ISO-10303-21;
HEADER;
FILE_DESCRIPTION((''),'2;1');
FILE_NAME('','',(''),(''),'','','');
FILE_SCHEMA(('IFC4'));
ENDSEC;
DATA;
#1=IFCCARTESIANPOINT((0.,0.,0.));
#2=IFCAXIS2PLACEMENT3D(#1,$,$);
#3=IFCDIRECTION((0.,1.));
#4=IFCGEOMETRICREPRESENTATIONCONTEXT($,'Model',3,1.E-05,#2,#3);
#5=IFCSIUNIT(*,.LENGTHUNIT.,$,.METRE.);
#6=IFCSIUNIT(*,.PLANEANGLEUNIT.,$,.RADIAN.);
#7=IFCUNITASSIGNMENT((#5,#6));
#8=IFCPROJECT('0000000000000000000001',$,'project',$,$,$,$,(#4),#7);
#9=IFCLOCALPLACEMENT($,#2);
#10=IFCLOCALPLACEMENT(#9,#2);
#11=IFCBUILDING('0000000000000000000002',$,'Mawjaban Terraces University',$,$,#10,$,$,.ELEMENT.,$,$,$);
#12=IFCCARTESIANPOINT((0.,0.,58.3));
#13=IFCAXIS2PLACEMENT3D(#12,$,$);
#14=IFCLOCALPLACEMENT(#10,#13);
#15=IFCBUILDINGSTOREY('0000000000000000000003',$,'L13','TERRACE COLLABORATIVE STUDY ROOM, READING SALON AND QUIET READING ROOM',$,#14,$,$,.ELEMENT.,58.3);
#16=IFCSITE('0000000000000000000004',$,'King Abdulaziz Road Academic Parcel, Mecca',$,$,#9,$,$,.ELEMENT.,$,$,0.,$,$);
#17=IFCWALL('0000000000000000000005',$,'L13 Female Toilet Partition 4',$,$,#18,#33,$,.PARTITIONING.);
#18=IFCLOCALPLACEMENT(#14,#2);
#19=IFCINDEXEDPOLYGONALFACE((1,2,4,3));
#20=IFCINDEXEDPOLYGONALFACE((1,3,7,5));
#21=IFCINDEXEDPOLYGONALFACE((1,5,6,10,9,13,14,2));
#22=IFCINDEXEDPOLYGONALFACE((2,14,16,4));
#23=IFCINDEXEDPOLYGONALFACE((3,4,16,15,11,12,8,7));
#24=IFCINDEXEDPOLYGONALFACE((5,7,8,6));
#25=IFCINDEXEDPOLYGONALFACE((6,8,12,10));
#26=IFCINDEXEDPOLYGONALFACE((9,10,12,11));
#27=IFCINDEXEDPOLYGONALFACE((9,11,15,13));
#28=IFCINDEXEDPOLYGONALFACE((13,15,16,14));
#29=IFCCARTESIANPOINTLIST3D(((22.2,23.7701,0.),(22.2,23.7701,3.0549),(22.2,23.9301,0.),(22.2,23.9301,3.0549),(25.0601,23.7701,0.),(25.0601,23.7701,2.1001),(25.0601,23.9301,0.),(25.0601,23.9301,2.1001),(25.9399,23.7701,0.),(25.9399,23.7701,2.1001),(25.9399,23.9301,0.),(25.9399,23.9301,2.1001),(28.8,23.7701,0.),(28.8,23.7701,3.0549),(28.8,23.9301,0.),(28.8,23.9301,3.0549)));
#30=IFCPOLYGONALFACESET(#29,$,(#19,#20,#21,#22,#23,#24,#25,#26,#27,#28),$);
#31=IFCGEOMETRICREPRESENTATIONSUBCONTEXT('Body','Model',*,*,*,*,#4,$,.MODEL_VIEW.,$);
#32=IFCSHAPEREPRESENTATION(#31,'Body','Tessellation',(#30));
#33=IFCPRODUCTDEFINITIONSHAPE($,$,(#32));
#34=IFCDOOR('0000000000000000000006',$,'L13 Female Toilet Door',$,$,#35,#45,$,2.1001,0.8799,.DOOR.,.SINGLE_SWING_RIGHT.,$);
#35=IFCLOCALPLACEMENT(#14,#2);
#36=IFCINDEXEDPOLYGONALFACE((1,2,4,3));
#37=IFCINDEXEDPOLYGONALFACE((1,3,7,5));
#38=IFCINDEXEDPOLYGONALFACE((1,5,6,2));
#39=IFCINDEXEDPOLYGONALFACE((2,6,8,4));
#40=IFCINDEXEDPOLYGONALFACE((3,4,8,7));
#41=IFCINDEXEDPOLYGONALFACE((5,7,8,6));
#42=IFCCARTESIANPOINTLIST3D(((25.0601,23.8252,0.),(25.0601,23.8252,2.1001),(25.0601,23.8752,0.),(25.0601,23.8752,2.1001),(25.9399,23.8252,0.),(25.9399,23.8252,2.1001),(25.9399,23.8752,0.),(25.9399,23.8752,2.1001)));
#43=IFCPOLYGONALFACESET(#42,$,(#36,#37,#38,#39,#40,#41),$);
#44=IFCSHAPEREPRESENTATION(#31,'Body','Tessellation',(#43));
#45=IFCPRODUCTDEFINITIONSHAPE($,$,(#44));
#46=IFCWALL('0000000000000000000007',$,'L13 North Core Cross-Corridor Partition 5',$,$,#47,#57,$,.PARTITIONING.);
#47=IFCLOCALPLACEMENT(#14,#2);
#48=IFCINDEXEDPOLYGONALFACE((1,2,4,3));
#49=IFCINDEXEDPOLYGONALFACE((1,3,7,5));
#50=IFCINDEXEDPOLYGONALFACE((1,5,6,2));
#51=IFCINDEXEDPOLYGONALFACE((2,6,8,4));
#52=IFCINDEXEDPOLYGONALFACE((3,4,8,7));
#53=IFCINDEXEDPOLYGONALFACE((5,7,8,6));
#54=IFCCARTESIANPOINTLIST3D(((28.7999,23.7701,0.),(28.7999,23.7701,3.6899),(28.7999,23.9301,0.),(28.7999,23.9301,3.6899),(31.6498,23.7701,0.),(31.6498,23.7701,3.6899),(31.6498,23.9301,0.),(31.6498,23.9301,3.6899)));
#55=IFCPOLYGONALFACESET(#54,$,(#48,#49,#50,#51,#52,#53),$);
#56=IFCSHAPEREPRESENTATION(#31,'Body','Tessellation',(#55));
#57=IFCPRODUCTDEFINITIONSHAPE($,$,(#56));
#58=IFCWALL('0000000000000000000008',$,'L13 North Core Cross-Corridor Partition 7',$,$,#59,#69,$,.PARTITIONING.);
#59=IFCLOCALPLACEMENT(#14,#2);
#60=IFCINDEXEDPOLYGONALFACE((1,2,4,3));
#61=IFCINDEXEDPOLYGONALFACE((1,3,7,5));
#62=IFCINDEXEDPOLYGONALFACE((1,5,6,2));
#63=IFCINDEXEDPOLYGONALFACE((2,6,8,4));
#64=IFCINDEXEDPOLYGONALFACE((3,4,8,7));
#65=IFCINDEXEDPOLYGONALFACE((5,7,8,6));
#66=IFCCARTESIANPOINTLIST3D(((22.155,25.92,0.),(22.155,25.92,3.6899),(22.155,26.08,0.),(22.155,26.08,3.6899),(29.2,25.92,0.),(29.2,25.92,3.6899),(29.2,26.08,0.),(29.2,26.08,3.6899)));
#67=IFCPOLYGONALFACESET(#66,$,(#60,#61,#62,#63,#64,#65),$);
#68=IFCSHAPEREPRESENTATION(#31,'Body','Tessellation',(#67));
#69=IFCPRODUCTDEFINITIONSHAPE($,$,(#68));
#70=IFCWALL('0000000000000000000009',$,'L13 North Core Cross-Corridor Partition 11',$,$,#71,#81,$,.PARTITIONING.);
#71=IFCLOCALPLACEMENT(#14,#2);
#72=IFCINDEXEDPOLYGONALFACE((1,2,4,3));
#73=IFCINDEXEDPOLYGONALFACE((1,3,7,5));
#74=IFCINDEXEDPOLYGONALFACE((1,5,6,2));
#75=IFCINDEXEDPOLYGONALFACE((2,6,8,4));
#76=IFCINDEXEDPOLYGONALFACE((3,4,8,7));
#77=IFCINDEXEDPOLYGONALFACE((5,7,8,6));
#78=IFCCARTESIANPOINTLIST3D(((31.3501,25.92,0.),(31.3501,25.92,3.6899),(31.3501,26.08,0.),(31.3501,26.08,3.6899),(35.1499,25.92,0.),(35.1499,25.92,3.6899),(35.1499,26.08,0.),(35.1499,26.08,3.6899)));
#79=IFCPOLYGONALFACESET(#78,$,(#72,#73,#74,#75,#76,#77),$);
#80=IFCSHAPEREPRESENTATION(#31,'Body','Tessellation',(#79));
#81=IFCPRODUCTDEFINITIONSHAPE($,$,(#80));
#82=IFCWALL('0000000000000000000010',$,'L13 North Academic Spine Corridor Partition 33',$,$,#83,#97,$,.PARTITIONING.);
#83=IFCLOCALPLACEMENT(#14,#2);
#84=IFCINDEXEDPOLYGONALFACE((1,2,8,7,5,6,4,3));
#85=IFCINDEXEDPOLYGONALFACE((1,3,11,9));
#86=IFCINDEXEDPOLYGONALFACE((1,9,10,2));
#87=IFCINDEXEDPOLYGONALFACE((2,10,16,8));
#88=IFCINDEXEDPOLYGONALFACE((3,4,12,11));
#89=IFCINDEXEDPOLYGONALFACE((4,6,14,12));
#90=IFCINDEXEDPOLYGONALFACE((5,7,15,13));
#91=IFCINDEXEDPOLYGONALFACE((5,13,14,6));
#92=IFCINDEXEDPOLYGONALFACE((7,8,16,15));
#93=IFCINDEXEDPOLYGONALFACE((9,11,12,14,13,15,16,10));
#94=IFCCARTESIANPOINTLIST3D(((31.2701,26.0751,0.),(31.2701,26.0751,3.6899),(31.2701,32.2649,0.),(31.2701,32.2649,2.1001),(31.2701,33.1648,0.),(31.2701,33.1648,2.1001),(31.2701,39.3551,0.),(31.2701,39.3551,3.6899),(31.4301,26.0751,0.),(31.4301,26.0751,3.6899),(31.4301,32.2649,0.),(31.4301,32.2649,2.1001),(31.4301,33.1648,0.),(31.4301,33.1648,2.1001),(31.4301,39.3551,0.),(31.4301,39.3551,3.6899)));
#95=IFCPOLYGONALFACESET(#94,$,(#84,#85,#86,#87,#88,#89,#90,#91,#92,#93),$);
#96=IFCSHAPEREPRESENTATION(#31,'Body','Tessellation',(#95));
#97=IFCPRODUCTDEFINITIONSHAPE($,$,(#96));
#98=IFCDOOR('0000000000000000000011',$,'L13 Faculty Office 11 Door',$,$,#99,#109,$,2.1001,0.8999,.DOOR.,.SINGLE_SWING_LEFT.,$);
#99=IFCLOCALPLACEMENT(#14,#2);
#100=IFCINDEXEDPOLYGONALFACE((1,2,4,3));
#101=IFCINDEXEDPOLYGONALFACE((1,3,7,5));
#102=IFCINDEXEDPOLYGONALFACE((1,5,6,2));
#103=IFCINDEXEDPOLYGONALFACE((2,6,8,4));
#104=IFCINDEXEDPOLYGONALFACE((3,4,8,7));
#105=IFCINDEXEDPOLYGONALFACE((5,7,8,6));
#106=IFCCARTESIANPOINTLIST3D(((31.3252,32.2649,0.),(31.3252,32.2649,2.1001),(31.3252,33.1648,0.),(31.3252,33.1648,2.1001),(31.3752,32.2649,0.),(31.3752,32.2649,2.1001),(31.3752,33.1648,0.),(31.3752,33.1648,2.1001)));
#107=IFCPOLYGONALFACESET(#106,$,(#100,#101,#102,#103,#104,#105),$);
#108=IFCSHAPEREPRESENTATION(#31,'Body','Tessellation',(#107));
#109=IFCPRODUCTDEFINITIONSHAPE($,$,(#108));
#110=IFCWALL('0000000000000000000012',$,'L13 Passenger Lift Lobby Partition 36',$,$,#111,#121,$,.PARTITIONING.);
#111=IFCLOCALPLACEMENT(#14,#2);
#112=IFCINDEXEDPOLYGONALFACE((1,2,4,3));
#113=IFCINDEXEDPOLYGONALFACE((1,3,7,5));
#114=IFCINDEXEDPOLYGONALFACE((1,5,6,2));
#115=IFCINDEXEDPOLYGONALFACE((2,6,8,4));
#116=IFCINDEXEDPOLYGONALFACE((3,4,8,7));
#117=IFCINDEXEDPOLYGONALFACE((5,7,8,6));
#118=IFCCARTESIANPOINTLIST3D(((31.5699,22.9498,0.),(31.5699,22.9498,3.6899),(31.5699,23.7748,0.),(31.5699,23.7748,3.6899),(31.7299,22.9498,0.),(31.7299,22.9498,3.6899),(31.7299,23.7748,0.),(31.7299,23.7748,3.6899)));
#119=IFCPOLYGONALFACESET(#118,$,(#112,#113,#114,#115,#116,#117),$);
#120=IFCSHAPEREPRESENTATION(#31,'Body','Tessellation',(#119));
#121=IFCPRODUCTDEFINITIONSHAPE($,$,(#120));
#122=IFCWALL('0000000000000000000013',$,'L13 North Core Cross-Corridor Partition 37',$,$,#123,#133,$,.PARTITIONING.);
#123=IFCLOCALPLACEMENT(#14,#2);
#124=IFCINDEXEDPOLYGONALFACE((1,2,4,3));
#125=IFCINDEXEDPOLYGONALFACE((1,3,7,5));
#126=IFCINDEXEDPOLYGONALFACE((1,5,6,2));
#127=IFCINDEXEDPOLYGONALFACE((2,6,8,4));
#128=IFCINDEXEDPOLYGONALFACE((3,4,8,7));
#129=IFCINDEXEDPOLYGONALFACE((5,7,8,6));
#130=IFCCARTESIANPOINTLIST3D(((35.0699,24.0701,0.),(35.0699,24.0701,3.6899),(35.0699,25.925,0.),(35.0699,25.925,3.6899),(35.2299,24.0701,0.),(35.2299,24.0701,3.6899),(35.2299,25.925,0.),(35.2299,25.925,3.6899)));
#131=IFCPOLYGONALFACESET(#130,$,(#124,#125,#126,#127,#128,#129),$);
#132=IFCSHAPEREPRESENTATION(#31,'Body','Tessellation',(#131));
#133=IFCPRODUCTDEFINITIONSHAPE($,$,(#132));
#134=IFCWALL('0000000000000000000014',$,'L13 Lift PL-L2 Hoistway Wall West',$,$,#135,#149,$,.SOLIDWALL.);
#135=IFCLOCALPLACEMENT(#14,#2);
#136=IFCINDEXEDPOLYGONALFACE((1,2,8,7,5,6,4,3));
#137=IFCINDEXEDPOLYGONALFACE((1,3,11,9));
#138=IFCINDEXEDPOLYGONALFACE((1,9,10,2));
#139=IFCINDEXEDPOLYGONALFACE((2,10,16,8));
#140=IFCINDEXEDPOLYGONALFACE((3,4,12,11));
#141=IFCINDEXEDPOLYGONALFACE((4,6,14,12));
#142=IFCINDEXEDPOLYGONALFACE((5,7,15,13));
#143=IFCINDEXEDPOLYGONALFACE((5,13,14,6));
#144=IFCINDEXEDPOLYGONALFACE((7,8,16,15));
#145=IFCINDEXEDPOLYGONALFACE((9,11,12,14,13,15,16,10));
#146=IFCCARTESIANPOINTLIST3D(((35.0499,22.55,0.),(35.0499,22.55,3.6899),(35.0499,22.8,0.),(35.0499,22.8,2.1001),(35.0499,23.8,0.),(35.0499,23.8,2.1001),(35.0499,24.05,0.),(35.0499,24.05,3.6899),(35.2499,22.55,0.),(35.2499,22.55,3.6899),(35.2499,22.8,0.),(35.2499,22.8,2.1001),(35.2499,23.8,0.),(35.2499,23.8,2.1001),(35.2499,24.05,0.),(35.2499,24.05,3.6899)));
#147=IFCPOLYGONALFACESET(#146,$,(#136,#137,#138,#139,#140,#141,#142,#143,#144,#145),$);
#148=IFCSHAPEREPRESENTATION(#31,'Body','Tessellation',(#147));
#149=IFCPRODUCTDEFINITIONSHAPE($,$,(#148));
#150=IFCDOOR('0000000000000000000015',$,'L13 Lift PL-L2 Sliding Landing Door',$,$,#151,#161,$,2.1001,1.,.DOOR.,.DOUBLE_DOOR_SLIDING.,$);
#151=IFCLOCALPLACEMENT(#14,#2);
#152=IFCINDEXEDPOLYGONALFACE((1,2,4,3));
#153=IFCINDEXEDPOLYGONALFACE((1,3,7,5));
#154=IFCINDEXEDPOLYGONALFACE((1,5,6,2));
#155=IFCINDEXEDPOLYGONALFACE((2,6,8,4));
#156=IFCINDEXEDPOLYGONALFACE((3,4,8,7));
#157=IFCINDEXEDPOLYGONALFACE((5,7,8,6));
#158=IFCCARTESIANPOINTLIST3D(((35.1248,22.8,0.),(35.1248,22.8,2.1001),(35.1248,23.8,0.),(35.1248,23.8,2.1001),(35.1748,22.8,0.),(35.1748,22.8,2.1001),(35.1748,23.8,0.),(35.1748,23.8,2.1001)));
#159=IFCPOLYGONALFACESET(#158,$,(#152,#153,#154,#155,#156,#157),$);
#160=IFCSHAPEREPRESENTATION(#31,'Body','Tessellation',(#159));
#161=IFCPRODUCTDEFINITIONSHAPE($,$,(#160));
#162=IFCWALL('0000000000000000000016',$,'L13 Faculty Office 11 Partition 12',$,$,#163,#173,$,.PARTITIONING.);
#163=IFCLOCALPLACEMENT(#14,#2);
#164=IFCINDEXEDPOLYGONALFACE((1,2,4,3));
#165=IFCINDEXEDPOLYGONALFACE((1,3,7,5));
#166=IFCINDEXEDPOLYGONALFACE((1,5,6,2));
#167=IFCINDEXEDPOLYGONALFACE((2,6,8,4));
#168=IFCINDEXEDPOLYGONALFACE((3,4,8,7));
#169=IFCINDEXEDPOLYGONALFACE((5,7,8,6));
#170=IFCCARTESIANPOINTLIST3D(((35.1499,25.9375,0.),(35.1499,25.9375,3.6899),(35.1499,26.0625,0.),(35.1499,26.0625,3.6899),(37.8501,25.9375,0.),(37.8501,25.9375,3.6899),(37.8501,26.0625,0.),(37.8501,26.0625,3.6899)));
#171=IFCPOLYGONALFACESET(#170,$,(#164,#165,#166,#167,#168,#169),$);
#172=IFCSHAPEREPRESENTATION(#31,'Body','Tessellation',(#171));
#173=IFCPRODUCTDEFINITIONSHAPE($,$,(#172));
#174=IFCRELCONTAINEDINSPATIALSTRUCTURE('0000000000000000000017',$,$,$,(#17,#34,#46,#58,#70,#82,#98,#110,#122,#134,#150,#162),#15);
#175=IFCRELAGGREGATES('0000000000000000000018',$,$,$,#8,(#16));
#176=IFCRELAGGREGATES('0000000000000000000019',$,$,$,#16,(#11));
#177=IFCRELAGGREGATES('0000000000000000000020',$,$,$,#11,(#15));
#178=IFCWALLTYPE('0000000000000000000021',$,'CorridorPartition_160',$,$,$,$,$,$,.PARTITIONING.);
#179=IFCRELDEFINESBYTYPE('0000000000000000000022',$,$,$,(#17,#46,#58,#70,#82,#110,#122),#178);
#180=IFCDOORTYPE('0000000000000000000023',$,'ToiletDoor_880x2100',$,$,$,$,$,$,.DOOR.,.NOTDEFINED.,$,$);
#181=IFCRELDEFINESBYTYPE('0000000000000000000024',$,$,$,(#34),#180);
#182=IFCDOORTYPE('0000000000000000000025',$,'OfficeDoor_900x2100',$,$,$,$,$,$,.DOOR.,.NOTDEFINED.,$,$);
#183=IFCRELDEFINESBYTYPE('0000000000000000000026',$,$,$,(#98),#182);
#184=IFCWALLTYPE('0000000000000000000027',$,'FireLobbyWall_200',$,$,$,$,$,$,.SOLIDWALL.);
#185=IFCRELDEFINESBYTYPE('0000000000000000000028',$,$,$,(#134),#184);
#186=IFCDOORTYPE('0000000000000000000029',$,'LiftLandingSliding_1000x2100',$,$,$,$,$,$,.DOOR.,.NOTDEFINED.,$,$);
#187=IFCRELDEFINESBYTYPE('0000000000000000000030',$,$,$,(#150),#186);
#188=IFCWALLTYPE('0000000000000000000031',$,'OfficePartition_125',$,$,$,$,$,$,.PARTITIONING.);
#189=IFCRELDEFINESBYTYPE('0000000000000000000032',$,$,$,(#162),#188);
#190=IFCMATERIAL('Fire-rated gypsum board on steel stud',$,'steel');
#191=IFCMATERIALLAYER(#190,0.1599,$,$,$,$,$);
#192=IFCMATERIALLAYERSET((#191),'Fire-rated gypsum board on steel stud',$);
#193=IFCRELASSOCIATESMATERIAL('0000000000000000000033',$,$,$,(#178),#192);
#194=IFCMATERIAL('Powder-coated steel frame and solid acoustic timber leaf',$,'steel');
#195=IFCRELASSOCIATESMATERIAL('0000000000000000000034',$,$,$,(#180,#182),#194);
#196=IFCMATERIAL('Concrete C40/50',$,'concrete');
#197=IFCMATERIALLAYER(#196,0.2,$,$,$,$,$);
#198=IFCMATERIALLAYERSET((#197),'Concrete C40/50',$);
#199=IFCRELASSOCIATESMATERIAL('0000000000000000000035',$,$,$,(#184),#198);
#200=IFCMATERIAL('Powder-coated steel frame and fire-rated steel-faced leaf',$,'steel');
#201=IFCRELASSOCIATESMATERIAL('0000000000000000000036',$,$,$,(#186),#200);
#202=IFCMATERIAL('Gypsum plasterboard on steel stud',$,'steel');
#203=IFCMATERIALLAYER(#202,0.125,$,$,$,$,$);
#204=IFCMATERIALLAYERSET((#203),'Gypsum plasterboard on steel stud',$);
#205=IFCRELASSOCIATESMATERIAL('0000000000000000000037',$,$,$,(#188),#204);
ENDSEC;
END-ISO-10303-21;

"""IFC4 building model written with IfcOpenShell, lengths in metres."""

from ifc_helpers import new_model, si_unit, direction, frame, frame_2d, origin, place, context, subcontext, project, spatial, rectangle, extrude, material, layer, layer_set, type_object, element, fill, save


model = new_model("IFC4")

# Units and contexts
model_context = context("Model", 3, precision=1e-05, world=origin(), true_north=direction((0.0, 1.0)))
body_context = subcontext(model_context, "Body", "Model", "MODEL_VIEW")
ifc_project = project(units=[si_unit("LENGTHUNIT", "METRE"), si_unit("PLANEANGLEUNIT", "RADIAN")], contexts=[model_context])

# Site, building, storey
site_placement = place(None, origin())
site = spatial("IfcSite", under=ifc_project, at=site_placement, Name="King Abdulaziz Road Academic Parcel, Mecca", CompositionType="ELEMENT", RefElevation=0.0)
building_placement = place(site_placement, origin())
building = spatial("IfcBuilding", under=site, at=building_placement, Name="Mawjaban Terraces University", CompositionType="ELEMENT")
storey_placement = place(building_placement, frame((0.0, 0.0, 58.3)))
storey = spatial("IfcBuildingStorey", under=building, at=storey_placement, Name="L13", Description="TERRACE COLLABORATIVE STUDY ROOM, READING SALON AND QUIET READING ROOM", CompositionType="ELEMENT", Elevation=58.3)

# Wall, opening, door
ifc_material_1 = material(Name="Fire-rated gypsum board on steel stud", Category="steel")
ifc_layer_1 = layer(ifc_material_1, 0.1599)
ifc_layer_set_1 = layer_set([ifc_layer_1], Name="Fire-rated gypsum board on steel stud")
wall_type_1 = type_object("IfcWallType", Name="CorridorPartition_160", PredefinedType="PARTITIONING", material=ifc_layer_set_1)
wall_1_placement = place(storey_placement, frame((28.8, 23.8501, 0.0), z_axis=(0.0, 0.0, 1.0), x_axis=(-1.0, 0.0, 0.0)))
wall_1 = element("IfcWall", 1, at=wall_1_placement, inside=storey, type_object=wall_type_1, Name="L13 Female Toilet Partition 4", PredefinedType="PARTITIONING", context=body_context, shape_type="SweptSolid", body=[
    extrude(rectangle(XDim=6.6001, YDim=0.1599, at=frame_2d((3.3, 0.0))), origin(), (0.0, 0.0, 1.0), 3.0549),
])
opening_1_placement = place(wall_1_placement, frame((2.8601, 0.0, 0.0)))
opening_1 = element("IfcOpeningElement", 2, at=opening_1_placement, cuts=wall_1, PredefinedType="OPENING", context=body_context, shape_type="SweptSolid", body=[
    extrude(rectangle(XDim=0.8799, YDim=2.1001, at=frame_2d((0.4399, 1.05))), frame((0.0, 0.0898, 0.0), z_axis=(0.0, -1.0, 0.0), x_axis=(1.0, 0.0, 0.0)), (0.0, 0.0, 1.0), 0.1799),
])
ifc_material_2 = material(Name="Powder-coated steel frame and solid acoustic timber leaf", Category="steel")
door_type_1 = type_object("IfcDoorType", Name="ToiletDoor_880x2100", OperationType="NOTDEFINED", PredefinedType="DOOR", material=ifc_material_2)
door_1_placement = place(opening_1_placement, origin())
door_1 = element("IfcDoor", 3, at=door_1_placement, inside=storey, type_object=door_type_1, Name="L13 Female Toilet Door", OperationType="SINGLE_SWING_RIGHT", OverallHeight=2.1001, OverallWidth=0.8799, PredefinedType="DOOR", context=body_context, shape_type="SweptSolid", body=[
    extrude(rectangle(XDim=0.8799, YDim=2.1001, at=frame_2d((0.4399, 1.05))), frame((0.0, 0.0249, 0.0), z_axis=(0.0, -1.0, 0.0), x_axis=(1.0, 0.0, 0.0)), (0.0, 0.0, 1.0), 0.05),
])
fill(opening_1, door_1)

# Walls
wall_2_placement = place(storey_placement, frame((28.8, 23.8501, 0.0), z_axis=(0.0, 0.0, 1.0), x_axis=(1.0, 0.0, 0.0)))
element("IfcWall", 4, at=wall_2_placement, inside=storey, type_object=wall_type_1, Name="L13 North Core Cross-Corridor Partition 5", PredefinedType="PARTITIONING", context=body_context, shape_type="SweptSolid", body=[
    extrude(rectangle(XDim=2.8499, YDim=0.1599, at=frame_2d((1.4248, 0.0))), origin(), (0.0, 0.0, 1.0), 3.6899),
])
wall_3_placement = place(storey_placement, frame((29.2, 26.0, 0.0), z_axis=(0.0, 0.0, 1.0), x_axis=(-1.0, 0.0, 0.0)))
element("IfcWall", 5, at=wall_3_placement, inside=storey, type_object=wall_type_1, Name="L13 North Core Cross-Corridor Partition 7", PredefinedType="PARTITIONING", context=body_context, shape_type="SweptSolid", body=[
    extrude(rectangle(XDim=7.0449, YDim=0.1599, at=frame_2d((3.5225, 0.0))), origin(), (0.0, 0.0, 1.0), 3.6899),
])
wall_4_placement = place(storey_placement, frame((35.1499, 26.0, 0.0), z_axis=(0.0, 0.0, 1.0), x_axis=(-1.0, 0.0, 0.0)))
element("IfcWall", 6, at=wall_4_placement, inside=storey, type_object=wall_type_1, Name="L13 North Core Cross-Corridor Partition 11", PredefinedType="PARTITIONING", context=body_context, shape_type="SweptSolid", body=[
    extrude(rectangle(XDim=3.7998, YDim=0.1599, at=frame_2d((1.8999, 0.0))), origin(), (0.0, 0.0, 1.0), 3.6899),
])

# Wall, opening, door
wall_5_placement = place(storey_placement, frame((31.3501, 26.075, 0.0), z_axis=(0.0, 0.0, 1.0), x_axis=(0.0, 1.0, 0.0)))
wall_5 = element("IfcWall", 7, at=wall_5_placement, inside=storey, type_object=wall_type_1, Name="L13 North Academic Spine Corridor Partition 33", PredefinedType="PARTITIONING", context=body_context, shape_type="SweptSolid", body=[
    extrude(rectangle(XDim=13.28, YDim=0.1599, at=frame_2d((6.6401, 0.0))), origin(), (0.0, 0.0, 1.0), 3.6899),
])
opening_2_placement = place(wall_5_placement, frame((6.1899, 0.0, 0.0)))
opening_2 = element("IfcOpeningElement", 8, at=opening_2_placement, cuts=wall_5, PredefinedType="OPENING", context=body_context, shape_type="SweptSolid", body=[
    extrude(rectangle(XDim=0.8999, YDim=2.1001, at=frame_2d((0.45, 1.05))), frame((0.0, 0.0898, 0.0), z_axis=(0.0, -1.0, 0.0), x_axis=(1.0, 0.0, 0.0)), (0.0, 0.0, 1.0), 0.1799),
])
door_type_2 = type_object("IfcDoorType", Name="OfficeDoor_900x2100", OperationType="NOTDEFINED", PredefinedType="DOOR", material=ifc_material_2)
door_2_placement = place(opening_2_placement, origin())
door_2 = element("IfcDoor", 9, at=door_2_placement, inside=storey, type_object=door_type_2, Name="L13 Faculty Office 11 Door", OperationType="SINGLE_SWING_LEFT", OverallHeight=2.1001, OverallWidth=0.8999, PredefinedType="DOOR", context=body_context, shape_type="SweptSolid", body=[
    extrude(rectangle(XDim=0.8999, YDim=2.1001, at=frame_2d((0.45, 1.05))), frame((0.0, 0.0249, 0.0), z_axis=(0.0, -1.0, 0.0), x_axis=(1.0, 0.0, 0.0)), (0.0, 0.0, 1.0), 0.05),
])
fill(opening_2, door_2)

# Walls
wall_6_placement = place(storey_placement, frame((31.6499, 23.7749, 0.0), z_axis=(0.0, 0.0, 1.0), x_axis=(0.0, -1.0, 0.0)))
element("IfcWall", 10, at=wall_6_placement, inside=storey, type_object=wall_type_1, Name="L13 Passenger Lift Lobby Partition 36", PredefinedType="PARTITIONING", context=body_context, shape_type="SweptSolid", body=[
    extrude(rectangle(XDim=0.825, YDim=0.1599, at=frame_2d((0.4126, 0.0))), origin(), (0.0, 0.0, 1.0), 3.6899),
])
wall_7_placement = place(storey_placement, frame((35.1499, 24.0701, 0.0), z_axis=(0.0, 0.0, 1.0), x_axis=(0.0, 1.0, 0.0)))
element("IfcWall", 11, at=wall_7_placement, inside=storey, type_object=wall_type_1, Name="L13 North Core Cross-Corridor Partition 37", PredefinedType="PARTITIONING", context=body_context, shape_type="SweptSolid", body=[
    extrude(rectangle(XDim=1.855, YDim=0.1599, at=frame_2d((0.9275, 0.0))), origin(), (0.0, 0.0, 1.0), 3.6899),
])

# Wall, opening, door
ifc_material_3 = material(Name="Concrete C40/50", Category="concrete")
ifc_layer_2 = layer(ifc_material_3, 0.2)
ifc_layer_set_2 = layer_set([ifc_layer_2], Name="Concrete C40/50")
wall_type_2 = type_object("IfcWallType", Name="FireLobbyWall_200", PredefinedType="SOLIDWALL", material=ifc_layer_set_2)
wall_8_placement = place(storey_placement, frame((35.1499, 24.05, 0.0), z_axis=(0.0, 0.0, 1.0), x_axis=(0.0, -1.0, 0.0)))
wall_8 = element("IfcWall", 12, at=wall_8_placement, inside=storey, type_object=wall_type_2, Name="L13 Lift PL-L2 Hoistway Wall West", PredefinedType="SOLIDWALL", context=body_context, shape_type="SweptSolid", body=[
    extrude(rectangle(XDim=1.5, YDim=0.2, at=frame_2d((0.75, 0.0))), origin(), (0.0, 0.0, 1.0), 3.6899),
])
opening_3_placement = place(wall_8_placement, frame((0.25, 0.0, 0.0)))
opening_3 = element("IfcOpeningElement", 13, at=opening_3_placement, cuts=wall_8, PredefinedType="OPENING", context=body_context, shape_type="SweptSolid", body=[
    extrude(rectangle(XDim=1.0, YDim=2.1001, at=frame_2d((0.5, 1.05))), frame((0.0, 0.1099, 0.0), z_axis=(0.0, -1.0, 0.0), x_axis=(1.0, 0.0, 0.0)), (0.0, 0.0, 1.0), 0.22),
])
ifc_material_4 = material(Name="Powder-coated steel frame and fire-rated steel-faced leaf", Category="steel")
door_type_3 = type_object("IfcDoorType", Name="LiftLandingSliding_1000x2100", OperationType="NOTDEFINED", PredefinedType="DOOR", material=ifc_material_4)
door_3_placement = place(opening_3_placement, origin())
door_3 = element("IfcDoor", 14, at=door_3_placement, inside=storey, type_object=door_type_3, Name="L13 Lift PL-L2 Sliding Landing Door", OperationType="DOUBLE_DOOR_SLIDING", OverallHeight=2.1001, OverallWidth=1.0, PredefinedType="DOOR", context=body_context, shape_type="SweptSolid", body=[
    extrude(rectangle(XDim=1.0, YDim=2.1001, at=frame_2d((0.5, 1.05))), frame((0.0, 0.0249, 0.0), z_axis=(0.0, -1.0, 0.0), x_axis=(1.0, 0.0, 0.0)), (0.0, 0.0, 1.0), 0.05),
])
fill(opening_3, door_3)

# Wall
ifc_material_5 = material(Name="Gypsum plasterboard on steel stud", Category="steel")
ifc_layer_3 = layer(ifc_material_5, 0.125)
ifc_layer_set_3 = layer_set([ifc_layer_3], Name="Gypsum plasterboard on steel stud")
wall_type_3 = type_object("IfcWallType", Name="OfficePartition_125", PredefinedType="PARTITIONING", material=ifc_layer_set_3)
wall_9_placement = place(storey_placement, frame((35.1499, 26.0, 0.0), z_axis=(0.0, 0.0, 1.0), x_axis=(1.0, 0.0, 0.0)))
element("IfcWall", 15, at=wall_9_placement, inside=storey, type_object=wall_type_3, Name="L13 Faculty Office 11 Partition 12", PredefinedType="PARTITIONING", context=body_context, shape_type="SweptSolid", body=[
    extrude(rectangle(XDim=2.7002, YDim=0.125, at=frame_2d((1.3501, 0.0))), origin(), (0.0, 0.0, 1.0), 3.6899),
])

save(model, "model.ifc")
